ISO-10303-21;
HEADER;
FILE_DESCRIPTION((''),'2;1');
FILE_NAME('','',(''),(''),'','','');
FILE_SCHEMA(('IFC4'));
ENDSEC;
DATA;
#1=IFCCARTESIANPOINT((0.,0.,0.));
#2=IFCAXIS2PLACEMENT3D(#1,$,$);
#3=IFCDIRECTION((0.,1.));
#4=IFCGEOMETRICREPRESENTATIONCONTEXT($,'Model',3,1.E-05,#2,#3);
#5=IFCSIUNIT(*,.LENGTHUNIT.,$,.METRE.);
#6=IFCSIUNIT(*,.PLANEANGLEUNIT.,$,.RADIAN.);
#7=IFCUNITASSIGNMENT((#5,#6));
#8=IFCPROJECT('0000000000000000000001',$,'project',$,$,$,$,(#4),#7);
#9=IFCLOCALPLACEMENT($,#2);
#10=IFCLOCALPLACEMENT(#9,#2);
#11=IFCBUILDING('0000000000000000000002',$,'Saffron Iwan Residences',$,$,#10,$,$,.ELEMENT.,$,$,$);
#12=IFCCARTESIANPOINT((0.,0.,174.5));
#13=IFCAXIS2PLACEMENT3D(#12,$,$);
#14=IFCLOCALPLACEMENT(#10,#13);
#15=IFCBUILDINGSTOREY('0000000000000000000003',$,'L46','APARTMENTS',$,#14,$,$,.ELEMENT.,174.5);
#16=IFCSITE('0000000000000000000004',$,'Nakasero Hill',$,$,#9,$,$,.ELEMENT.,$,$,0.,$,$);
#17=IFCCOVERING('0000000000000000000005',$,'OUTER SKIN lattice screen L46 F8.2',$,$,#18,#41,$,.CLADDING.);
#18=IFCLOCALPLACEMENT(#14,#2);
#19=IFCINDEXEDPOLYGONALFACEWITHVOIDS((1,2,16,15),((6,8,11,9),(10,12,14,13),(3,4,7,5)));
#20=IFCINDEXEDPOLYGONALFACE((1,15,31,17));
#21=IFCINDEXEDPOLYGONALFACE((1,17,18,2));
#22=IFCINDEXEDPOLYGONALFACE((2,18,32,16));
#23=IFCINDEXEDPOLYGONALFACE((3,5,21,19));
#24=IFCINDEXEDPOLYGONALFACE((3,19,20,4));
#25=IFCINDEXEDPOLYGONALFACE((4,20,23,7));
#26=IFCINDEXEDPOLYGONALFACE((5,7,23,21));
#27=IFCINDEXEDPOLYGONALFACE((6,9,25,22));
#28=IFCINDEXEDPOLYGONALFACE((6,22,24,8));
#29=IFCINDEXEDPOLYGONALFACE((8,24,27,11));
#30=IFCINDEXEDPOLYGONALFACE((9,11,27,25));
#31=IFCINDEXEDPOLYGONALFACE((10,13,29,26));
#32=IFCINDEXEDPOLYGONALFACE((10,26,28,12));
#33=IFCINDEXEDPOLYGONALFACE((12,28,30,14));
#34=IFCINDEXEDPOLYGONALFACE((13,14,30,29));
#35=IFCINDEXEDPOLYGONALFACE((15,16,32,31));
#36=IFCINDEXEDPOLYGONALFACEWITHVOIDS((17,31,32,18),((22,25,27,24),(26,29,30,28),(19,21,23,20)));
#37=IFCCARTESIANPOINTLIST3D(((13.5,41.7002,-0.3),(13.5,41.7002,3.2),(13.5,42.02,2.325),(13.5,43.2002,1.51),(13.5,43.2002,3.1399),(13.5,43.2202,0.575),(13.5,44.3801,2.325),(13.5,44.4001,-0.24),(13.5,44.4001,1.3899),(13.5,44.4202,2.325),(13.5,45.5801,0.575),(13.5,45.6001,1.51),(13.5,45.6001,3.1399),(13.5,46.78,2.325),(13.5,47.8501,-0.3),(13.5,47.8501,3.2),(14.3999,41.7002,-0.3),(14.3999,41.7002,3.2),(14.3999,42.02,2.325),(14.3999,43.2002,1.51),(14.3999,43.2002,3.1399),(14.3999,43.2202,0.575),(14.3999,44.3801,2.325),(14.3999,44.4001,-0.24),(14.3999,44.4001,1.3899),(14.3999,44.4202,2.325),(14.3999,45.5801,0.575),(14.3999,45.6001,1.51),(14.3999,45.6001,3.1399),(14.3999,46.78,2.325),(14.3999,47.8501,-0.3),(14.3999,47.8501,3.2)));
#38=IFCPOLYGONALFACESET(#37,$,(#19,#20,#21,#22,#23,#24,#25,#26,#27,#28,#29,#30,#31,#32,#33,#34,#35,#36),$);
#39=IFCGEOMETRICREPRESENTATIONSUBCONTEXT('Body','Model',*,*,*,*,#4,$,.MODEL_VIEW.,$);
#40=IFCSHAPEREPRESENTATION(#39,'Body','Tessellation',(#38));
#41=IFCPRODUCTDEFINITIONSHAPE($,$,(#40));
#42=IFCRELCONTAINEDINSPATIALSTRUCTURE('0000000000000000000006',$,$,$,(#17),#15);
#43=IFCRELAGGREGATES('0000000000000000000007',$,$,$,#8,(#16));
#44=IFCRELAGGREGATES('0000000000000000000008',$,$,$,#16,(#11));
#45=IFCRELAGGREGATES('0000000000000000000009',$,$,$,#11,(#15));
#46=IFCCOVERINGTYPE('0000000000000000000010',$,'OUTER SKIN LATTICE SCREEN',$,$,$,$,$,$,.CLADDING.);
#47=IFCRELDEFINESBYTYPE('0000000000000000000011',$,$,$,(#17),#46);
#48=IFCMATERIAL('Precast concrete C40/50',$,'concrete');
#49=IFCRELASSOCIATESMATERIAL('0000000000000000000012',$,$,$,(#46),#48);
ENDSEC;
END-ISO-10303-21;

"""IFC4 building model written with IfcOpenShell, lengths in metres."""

from ifc_helpers import new_model, si_unit, direction, frame, origin, place, context, subcontext, project, spatial, polyline, outline, extrude, material, type_object, element, save


model = new_model("IFC4")

# Units and contexts
model_context = context("Model", 3, precision=1e-05, world=origin(), true_north=direction((0.0, 1.0)))
body_context = subcontext(model_context, "Body", "Model", "MODEL_VIEW")
ifc_project = project(units=[si_unit("LENGTHUNIT", "METRE"), si_unit("PLANEANGLEUNIT", "RADIAN")], contexts=[model_context])

# Site, building, storey
site_placement = place(None, origin())
site = spatial("IfcSite", under=ifc_project, at=site_placement, Name="Nakasero Hill", CompositionType="ELEMENT", RefElevation=0.0)
building_placement = place(site_placement, origin())
building = spatial("IfcBuilding", under=site, at=building_placement, Name="Saffron Iwan Residences", CompositionType="ELEMENT")
storey_placement = place(building_placement, frame((0.0, 0.0, 174.5)))
storey = spatial("IfcBuildingStorey", under=building, at=storey_placement, Name="L46", Description="APARTMENTS", CompositionType="ELEMENT", Elevation=174.5)

# Covering
ifc_material_1 = material(Name="Precast concrete C40/50", Category="concrete")
covering_type = type_object("IfcCoveringType", Name="OUTER SKIN LATTICE SCREEN", PredefinedType="CLADDING", material=ifc_material_1)
covering_placement = place(storey_placement, frame((14.3999, 47.8501, -0.3), z_axis=(-1.0, 0.0, 0.0), x_axis=(0.0, -1.0, 0.0)))
element("IfcCovering", 1, at=covering_placement, inside=storey, type_object=covering_type, Name="OUTER SKIN lattice screen L46 F8.2", PredefinedType="CLADDING", context=body_context, shape_type="SweptSolid", body=[
    extrude(outline(polyline([(0.0, 0.0), (6.1499, 0.0), (6.1499, 3.5), (0.0, 3.5), (0.0, 0.0)]), holes=[polyline([(2.27, 0.875), (3.45, 0.0601), (4.6299, 0.875), (3.45, 1.6899), (2.27, 0.875)]), polyline([(1.0701, 2.625), (2.25, 1.8101), (3.4299, 2.625), (2.25, 3.4399), (1.0701, 2.625)]), polyline([(3.47, 2.625), (4.6499, 1.8101), (5.8301, 2.625), (4.6499, 3.4399), (3.47, 2.625)])]), origin(), (0.0, 0.0, 1.0), 0.8999),
])

save(model, "model.ifc")
